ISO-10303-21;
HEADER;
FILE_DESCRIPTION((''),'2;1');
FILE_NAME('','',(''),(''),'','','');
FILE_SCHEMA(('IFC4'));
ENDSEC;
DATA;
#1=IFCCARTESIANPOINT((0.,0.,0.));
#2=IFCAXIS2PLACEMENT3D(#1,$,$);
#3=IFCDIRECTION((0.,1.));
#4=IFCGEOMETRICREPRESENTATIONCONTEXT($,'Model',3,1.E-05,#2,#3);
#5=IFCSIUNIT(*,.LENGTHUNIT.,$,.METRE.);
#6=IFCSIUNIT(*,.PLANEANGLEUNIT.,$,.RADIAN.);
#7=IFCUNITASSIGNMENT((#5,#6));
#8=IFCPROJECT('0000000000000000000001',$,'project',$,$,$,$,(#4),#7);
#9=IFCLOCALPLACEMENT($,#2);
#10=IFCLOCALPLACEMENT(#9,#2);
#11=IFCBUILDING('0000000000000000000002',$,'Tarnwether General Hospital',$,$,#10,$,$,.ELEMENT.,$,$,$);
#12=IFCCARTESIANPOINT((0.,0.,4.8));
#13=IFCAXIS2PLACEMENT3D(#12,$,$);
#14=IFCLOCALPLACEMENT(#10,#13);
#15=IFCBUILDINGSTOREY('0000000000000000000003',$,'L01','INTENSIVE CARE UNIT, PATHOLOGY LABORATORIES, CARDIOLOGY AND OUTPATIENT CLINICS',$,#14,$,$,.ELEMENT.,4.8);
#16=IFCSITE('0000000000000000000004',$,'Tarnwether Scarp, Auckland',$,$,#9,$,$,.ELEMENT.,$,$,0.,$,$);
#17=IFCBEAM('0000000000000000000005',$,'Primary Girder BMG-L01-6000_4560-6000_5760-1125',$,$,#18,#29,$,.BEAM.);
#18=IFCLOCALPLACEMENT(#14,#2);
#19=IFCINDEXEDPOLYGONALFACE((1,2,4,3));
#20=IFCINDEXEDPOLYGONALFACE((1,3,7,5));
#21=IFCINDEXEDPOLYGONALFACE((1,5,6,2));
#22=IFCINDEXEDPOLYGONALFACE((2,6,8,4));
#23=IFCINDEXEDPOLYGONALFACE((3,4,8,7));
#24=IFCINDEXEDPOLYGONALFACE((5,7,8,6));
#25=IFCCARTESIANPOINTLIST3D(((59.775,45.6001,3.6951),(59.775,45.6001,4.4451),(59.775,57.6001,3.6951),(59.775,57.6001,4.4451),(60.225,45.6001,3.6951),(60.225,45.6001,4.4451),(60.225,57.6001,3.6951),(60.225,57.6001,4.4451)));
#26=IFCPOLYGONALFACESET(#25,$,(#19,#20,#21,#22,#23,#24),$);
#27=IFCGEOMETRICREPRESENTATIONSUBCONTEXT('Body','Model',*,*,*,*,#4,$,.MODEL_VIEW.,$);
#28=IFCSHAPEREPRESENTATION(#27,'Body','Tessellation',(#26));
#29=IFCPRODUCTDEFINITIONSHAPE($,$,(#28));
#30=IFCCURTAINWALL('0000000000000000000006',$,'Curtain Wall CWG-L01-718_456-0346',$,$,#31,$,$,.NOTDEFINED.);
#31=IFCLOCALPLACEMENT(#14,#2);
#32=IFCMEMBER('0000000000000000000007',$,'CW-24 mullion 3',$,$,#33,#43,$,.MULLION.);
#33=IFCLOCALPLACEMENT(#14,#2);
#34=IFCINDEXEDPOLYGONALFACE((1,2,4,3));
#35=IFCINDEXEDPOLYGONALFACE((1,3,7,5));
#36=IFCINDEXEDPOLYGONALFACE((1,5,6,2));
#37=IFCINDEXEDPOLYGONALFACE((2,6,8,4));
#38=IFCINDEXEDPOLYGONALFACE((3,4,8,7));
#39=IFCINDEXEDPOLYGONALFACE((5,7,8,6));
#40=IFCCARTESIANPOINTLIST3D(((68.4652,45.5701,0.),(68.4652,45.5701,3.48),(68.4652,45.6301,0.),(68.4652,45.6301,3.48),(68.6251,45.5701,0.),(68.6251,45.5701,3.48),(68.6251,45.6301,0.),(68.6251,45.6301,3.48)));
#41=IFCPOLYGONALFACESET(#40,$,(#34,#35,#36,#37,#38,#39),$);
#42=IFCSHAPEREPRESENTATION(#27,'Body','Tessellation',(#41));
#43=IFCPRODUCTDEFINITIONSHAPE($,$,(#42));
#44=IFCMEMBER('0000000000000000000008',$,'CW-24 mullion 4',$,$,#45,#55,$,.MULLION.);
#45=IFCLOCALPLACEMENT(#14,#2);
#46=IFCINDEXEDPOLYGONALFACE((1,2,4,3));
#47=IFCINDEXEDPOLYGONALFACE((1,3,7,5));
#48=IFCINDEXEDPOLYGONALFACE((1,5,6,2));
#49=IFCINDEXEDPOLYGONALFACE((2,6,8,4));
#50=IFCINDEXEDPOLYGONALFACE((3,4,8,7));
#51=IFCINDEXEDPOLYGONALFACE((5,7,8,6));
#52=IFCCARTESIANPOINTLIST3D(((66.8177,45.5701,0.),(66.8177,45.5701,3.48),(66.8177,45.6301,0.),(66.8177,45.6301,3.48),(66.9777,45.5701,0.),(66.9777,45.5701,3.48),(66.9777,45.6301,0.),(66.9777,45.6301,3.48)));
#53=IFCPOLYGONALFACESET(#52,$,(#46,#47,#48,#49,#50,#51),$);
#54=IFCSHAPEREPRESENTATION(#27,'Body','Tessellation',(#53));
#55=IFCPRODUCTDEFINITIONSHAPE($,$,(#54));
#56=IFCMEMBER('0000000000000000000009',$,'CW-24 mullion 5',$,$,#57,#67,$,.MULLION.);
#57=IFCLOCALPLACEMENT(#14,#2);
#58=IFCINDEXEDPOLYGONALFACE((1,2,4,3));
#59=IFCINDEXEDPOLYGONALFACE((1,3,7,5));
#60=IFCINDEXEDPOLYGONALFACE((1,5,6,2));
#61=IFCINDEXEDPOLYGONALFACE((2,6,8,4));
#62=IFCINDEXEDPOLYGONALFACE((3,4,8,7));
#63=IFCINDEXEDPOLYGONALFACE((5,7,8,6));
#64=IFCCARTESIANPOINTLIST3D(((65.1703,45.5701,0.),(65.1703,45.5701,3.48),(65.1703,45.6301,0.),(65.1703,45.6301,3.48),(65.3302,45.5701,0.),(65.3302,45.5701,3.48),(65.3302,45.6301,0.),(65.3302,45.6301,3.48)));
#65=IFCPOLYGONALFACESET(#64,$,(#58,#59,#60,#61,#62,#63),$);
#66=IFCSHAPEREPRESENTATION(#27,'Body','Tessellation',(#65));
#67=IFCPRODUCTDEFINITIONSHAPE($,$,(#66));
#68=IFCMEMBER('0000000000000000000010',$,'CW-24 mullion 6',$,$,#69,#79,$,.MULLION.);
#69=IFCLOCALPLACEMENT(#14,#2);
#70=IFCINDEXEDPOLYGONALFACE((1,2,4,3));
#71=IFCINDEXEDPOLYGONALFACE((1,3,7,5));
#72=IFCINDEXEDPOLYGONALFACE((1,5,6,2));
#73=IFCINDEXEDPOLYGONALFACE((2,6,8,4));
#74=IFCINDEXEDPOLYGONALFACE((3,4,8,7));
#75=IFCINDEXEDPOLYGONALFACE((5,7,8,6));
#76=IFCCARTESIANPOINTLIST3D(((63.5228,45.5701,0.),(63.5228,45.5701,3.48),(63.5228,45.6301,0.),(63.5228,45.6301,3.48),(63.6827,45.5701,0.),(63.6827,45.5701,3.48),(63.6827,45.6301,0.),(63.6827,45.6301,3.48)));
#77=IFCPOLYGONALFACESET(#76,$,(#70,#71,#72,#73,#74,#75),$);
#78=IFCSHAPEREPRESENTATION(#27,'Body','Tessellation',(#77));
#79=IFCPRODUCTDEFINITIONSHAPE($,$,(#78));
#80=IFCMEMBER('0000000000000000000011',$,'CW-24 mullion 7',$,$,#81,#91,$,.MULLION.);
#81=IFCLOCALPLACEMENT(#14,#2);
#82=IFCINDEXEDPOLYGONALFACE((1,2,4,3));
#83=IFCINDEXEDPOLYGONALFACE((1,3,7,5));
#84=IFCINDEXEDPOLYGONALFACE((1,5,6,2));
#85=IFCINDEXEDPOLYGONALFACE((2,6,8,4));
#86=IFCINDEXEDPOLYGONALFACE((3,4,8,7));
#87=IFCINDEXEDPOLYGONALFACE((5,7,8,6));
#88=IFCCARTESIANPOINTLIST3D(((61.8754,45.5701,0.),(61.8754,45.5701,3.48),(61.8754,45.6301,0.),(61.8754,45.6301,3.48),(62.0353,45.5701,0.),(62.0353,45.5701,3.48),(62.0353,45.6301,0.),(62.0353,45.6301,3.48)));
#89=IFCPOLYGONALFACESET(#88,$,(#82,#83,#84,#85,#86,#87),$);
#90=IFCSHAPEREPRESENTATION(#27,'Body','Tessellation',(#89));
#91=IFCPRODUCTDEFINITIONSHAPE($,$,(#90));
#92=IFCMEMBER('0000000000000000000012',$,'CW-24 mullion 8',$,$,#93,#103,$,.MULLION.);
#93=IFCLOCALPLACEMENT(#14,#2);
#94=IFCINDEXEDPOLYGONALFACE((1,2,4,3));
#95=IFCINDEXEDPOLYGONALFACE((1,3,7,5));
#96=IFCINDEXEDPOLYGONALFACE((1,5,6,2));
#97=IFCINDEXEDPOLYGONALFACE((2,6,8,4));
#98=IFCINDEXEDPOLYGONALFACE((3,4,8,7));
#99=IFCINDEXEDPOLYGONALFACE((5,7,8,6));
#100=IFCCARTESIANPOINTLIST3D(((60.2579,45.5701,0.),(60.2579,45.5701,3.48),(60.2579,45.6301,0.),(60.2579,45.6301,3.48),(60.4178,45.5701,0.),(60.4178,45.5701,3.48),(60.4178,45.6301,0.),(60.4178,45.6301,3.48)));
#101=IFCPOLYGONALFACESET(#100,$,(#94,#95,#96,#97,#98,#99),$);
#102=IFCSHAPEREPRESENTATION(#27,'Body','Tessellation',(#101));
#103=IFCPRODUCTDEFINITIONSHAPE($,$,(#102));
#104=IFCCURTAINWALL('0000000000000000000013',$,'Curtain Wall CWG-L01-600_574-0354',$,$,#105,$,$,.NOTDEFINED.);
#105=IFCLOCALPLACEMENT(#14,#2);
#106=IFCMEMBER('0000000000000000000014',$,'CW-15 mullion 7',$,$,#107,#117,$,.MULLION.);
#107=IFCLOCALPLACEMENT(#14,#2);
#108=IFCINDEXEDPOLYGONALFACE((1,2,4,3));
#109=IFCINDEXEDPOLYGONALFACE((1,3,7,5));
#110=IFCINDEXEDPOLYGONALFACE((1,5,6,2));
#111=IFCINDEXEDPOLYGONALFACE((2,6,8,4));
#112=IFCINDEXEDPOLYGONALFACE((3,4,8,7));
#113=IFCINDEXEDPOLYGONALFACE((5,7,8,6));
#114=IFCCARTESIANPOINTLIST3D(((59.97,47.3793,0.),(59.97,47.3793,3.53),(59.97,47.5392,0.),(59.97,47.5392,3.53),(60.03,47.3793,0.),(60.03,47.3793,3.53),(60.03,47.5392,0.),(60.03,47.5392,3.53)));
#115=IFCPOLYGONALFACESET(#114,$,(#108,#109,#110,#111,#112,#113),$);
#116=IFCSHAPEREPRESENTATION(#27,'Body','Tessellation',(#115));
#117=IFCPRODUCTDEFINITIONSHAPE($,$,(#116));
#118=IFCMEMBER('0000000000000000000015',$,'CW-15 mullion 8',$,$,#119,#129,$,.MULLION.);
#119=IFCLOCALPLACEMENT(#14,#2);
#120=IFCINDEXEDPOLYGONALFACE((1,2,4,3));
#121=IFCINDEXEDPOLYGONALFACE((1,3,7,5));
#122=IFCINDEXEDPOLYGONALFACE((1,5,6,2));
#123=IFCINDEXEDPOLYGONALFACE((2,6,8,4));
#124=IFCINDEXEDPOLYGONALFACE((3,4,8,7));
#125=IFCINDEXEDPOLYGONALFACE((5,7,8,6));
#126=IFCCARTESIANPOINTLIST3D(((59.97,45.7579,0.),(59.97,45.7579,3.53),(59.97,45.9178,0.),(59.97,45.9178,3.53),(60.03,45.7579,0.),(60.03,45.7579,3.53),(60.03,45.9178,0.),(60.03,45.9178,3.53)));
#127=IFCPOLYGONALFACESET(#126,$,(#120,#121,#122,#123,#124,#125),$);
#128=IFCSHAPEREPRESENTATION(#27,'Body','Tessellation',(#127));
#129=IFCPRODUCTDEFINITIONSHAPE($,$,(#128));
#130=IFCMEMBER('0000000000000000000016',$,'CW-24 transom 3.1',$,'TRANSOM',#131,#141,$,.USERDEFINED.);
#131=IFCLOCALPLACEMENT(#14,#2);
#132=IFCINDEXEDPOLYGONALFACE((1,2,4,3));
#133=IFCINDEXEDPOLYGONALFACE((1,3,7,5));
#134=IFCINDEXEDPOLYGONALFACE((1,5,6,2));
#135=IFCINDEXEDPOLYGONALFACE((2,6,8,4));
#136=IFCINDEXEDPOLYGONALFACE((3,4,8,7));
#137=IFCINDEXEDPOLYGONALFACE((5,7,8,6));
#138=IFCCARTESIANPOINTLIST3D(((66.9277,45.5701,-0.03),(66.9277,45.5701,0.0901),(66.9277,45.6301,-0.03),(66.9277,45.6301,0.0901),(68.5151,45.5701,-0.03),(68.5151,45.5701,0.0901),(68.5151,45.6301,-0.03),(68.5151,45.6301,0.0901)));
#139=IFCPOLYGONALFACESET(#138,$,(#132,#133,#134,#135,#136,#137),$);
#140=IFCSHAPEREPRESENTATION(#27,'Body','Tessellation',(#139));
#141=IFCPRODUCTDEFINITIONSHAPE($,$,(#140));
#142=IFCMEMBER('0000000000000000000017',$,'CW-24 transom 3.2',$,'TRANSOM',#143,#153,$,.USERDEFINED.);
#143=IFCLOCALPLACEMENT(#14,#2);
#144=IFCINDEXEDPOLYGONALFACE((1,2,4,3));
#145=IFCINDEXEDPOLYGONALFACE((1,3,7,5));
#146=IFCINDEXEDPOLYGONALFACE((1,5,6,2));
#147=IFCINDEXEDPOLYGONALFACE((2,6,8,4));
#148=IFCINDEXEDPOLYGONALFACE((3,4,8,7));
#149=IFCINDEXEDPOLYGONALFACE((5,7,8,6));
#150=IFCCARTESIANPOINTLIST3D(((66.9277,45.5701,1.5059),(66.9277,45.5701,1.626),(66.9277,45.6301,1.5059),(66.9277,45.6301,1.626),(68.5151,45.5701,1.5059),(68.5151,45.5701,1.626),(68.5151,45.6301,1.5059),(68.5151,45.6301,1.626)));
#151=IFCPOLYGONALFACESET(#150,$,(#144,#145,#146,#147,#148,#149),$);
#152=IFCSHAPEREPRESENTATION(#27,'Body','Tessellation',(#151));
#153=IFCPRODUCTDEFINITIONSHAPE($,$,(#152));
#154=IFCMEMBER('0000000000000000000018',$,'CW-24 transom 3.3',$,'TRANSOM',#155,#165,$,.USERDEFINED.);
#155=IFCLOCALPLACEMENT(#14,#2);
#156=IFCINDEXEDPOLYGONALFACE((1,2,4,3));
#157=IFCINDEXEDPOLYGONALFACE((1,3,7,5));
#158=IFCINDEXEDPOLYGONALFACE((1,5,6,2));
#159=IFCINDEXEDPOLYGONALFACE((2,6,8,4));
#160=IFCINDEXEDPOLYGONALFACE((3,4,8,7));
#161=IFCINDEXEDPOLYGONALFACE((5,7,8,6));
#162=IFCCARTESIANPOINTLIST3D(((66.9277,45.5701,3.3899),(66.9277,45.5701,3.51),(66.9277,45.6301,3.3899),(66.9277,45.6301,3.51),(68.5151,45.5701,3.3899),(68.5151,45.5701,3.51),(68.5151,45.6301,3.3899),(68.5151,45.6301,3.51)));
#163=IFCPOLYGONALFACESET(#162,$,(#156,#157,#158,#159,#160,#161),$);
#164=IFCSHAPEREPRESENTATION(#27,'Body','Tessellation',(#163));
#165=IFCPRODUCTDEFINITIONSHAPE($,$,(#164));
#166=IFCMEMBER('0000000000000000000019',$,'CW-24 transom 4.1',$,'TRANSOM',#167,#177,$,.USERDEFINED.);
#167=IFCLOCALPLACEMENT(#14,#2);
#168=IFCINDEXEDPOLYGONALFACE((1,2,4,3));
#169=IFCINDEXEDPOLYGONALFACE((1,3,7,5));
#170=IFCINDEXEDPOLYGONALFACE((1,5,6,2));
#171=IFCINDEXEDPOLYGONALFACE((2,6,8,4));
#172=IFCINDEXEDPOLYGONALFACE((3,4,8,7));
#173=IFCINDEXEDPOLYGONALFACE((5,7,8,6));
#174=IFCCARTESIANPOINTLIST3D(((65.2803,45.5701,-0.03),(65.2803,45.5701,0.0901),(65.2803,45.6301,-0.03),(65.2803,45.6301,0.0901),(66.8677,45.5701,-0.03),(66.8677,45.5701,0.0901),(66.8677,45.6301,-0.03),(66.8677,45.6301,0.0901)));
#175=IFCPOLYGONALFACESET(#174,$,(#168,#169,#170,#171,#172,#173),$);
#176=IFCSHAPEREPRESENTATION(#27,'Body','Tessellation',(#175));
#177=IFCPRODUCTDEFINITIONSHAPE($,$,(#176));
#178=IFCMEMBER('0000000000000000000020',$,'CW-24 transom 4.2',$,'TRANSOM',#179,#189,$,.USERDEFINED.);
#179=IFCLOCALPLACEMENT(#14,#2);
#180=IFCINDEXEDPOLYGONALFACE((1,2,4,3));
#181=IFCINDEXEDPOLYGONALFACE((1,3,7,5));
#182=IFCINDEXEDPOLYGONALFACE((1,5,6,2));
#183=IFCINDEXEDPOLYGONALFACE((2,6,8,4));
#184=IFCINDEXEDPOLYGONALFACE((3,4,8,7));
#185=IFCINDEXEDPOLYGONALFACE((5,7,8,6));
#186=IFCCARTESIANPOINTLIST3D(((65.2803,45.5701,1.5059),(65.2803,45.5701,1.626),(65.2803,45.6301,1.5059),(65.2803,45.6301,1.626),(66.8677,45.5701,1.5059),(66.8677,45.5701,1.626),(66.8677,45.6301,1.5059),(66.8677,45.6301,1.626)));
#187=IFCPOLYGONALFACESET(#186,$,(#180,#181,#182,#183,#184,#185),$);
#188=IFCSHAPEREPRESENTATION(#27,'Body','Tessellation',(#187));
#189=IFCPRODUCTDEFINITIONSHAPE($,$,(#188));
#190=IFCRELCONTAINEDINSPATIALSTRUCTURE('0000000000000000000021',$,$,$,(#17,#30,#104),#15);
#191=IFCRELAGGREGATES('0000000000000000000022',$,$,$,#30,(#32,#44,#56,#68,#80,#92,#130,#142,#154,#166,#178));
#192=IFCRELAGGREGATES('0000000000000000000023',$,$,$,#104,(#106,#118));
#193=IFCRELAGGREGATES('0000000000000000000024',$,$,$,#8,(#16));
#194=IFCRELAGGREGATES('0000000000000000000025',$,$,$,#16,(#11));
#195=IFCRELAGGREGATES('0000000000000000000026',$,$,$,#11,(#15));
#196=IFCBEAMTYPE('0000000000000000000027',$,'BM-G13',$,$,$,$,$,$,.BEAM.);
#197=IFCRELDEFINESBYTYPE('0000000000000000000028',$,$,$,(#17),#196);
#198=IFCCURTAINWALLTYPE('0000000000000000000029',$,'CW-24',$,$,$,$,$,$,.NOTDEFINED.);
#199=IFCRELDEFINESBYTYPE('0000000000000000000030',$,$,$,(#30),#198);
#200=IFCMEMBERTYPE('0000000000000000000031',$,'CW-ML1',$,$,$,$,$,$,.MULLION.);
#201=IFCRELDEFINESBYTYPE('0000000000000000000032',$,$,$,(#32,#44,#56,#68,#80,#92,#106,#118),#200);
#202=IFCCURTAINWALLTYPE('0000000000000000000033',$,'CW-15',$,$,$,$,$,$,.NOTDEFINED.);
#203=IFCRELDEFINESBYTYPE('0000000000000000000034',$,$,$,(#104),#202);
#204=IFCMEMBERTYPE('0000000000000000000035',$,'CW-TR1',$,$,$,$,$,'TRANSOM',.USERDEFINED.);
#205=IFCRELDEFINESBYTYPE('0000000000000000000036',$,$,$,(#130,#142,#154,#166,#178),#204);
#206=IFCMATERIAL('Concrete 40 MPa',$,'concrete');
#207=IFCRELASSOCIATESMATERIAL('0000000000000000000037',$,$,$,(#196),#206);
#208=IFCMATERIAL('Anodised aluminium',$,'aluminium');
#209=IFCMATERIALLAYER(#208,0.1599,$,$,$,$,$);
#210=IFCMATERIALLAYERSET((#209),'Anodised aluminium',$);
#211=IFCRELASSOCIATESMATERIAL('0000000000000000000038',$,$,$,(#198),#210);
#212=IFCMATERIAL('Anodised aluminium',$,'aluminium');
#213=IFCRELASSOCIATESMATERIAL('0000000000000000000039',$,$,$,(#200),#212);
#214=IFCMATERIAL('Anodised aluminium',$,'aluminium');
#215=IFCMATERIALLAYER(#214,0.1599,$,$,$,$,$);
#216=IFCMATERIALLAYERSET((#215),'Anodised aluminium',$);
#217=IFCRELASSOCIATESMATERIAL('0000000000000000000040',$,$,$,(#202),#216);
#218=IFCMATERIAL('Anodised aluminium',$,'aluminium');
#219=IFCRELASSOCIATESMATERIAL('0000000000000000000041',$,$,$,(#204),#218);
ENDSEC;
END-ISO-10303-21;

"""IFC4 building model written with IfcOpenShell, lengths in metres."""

from ifc_helpers import new_model, si_unit, direction, frame, origin, origin_2d, place, context, subcontext, project, spatial, rectangle, extrude, material, layer, layer_set, material_profile, profile_set, type_object, element, aggregate, save


model = new_model("IFC4")

# Units and contexts
model_context = context("Model", 3, precision=1e-05, world=origin(), true_north=direction((0.0, 1.0)))
body_context = subcontext(model_context, "Body", "Model", "MODEL_VIEW")
ifc_project = project(units=[si_unit("LENGTHUNIT", "METRE"), si_unit("PLANEANGLEUNIT", "RADIAN")], contexts=[model_context])

# Site, building, storey
site_placement = place(None, origin())
site = spatial("IfcSite", under=ifc_project, at=site_placement, Name="Tarnwether Scarp, Auckland", CompositionType="ELEMENT", RefElevation=0.0)
building_placement = place(site_placement, origin())
building = spatial("IfcBuilding", under=site, at=building_placement, Name="Tarnwether General Hospital", CompositionType="ELEMENT")
storey_placement = place(building_placement, frame((0.0, 0.0, 4.8)))
storey = spatial("IfcBuildingStorey", under=building, at=storey_placement, Name="L01", Description="INTENSIVE CARE UNIT, PATHOLOGY LABORATORIES, CARDIOLOGY AND OUTPATIENT CLINICS", CompositionType="ELEMENT", Elevation=4.8)

# Beam
ifc_material_1 = material(Name="Concrete 40 MPa", Category="concrete")
ifc_material_profile_1 = material_profile(ifc_material_1, rectangle(XDim=0.45, YDim=0.75, at=origin_2d()), Name="RC-BM-450x750")
ifc_profile_set_1 = profile_set([ifc_material_profile_1], Name="Concrete 40 MPa")
beam_type = type_object("IfcBeamType", Name="BM-G13", PredefinedType="BEAM", material=ifc_profile_set_1)
beam_placement = place(storey_placement, frame((60.0, 45.6001, 4.0701), z_axis=(0.0, 1.0, 0.0), x_axis=(-1.0, 0.0, 0.0)))
element("IfcBeam", 1, at=beam_placement, inside=storey, type_object=beam_type, Name="Primary Girder BMG-L01-6000_4560-6000_5760-1125", PredefinedType="BEAM", context=body_context, shape_type="SweptSolid", body=[
    extrude(rectangle(XDim=0.45, YDim=0.75, at=origin_2d()), origin(), (0.0, 0.0, 1.0), 12.0),
])

# Curtain walls, members
ifc_material_2 = material(Name="Anodised aluminium", Category="aluminium")
ifc_layer_1 = layer(ifc_material_2, 0.1599)
ifc_layer_set_1 = layer_set([ifc_layer_1], Name="Anodised aluminium")
curtain_wall_type_1 = type_object("IfcCurtainWallType", Name="CW-24", PredefinedType="NOTDEFINED", material=ifc_layer_set_1)
curtain_wall_1_placement = place(storey_placement, origin())
curtain_wall_1 = element("IfcCurtainWall", 2, at=curtain_wall_1_placement, inside=storey, type_object=curtain_wall_type_1, Name="Curtain Wall CWG-L01-718_456-0346", PredefinedType="NOTDEFINED")
ifc_material_3 = material(Name="Anodised aluminium", Category="aluminium")
ifc_material_profile_2 = material_profile(ifc_material_3, rectangle(XDim=0.0601, YDim=0.1599, at=origin_2d()), Name="ALU-MUL-60x160")
ifc_profile_set_2 = profile_set([ifc_material_profile_2], Name="Anodised aluminium")
member_type_1 = type_object("IfcMemberType", Name="CW-ML1", PredefinedType="MULLION", material=ifc_profile_set_2)
member_1_placement = place(storey_placement, frame((68.5452, 45.6001, 0.0), z_axis=(0.0, 0.0, 1.0), x_axis=(0.0, -1.0, 0.0)))
member_1 = element("IfcMember", 3, at=member_1_placement, type_object=member_type_1, Name="CW-24 mullion 3", PredefinedType="MULLION", context=body_context, shape_type="SweptSolid", body=[
    extrude(rectangle(XDim=0.0601, YDim=0.1599, at=origin_2d()), origin(), (0.0, 0.0, 1.0), 3.48),
])
member_2_placement = place(storey_placement, frame((66.8977, 45.6001, 0.0), z_axis=(0.0, 0.0, 1.0), x_axis=(0.0, -1.0, 0.0)))
member_2 = element("IfcMember", 4, at=member_2_placement, type_object=member_type_1, Name="CW-24 mullion 4", PredefinedType="MULLION", context=body_context, shape_type="SweptSolid", body=[
    extrude(rectangle(XDim=0.0601, YDim=0.1599, at=origin_2d()), origin(), (0.0, 0.0, 1.0), 3.48),
])
member_3_placement = place(storey_placement, frame((65.2502, 45.6001, 0.0), z_axis=(0.0, 0.0, 1.0), x_axis=(0.0, -1.0, 0.0)))
member_3 = element("IfcMember", 5, at=member_3_placement, type_object=member_type_1, Name="CW-24 mullion 5", PredefinedType="MULLION", context=body_context, shape_type="SweptSolid", body=[
    extrude(rectangle(XDim=0.0601, YDim=0.1599, at=origin_2d()), origin(), (0.0, 0.0, 1.0), 3.48),
])
member_4_placement = place(storey_placement, frame((63.6028, 45.6001, 0.0), z_axis=(0.0, 0.0, 1.0), x_axis=(0.0, -1.0, 0.0)))
member_4 = element("IfcMember", 6, at=member_4_placement, type_object=member_type_1, Name="CW-24 mullion 6", PredefinedType="MULLION", context=body_context, shape_type="SweptSolid", body=[
    extrude(rectangle(XDim=0.0601, YDim=0.1599, at=origin_2d()), origin(), (0.0, 0.0, 1.0), 3.48),
])
member_5_placement = place(storey_placement, frame((61.9553, 45.6001, 0.0), z_axis=(0.0, 0.0, 1.0), x_axis=(0.0, -1.0, 0.0)))
member_5 = element("IfcMember", 7, at=member_5_placement, type_object=member_type_1, Name="CW-24 mullion 7", PredefinedType="MULLION", context=body_context, shape_type="SweptSolid", body=[
    extrude(rectangle(XDim=0.0601, YDim=0.1599, at=origin_2d()), origin(), (0.0, 0.0, 1.0), 3.48),
])
member_6_placement = place(storey_placement, frame((60.3379, 45.6001, 0.0), z_axis=(0.0, 0.0, 1.0), x_axis=(0.0, -1.0, 0.0)))
member_6 = element("IfcMember", 8, at=member_6_placement, type_object=member_type_1, Name="CW-24 mullion 8", PredefinedType="MULLION", context=body_context, shape_type="SweptSolid", body=[
    extrude(rectangle(XDim=0.0601, YDim=0.1599, at=origin_2d()), origin(), (0.0, 0.0, 1.0), 3.48),
])
ifc_material_4 = material(Name="Anodised aluminium", Category="aluminium")
ifc_layer_2 = layer(ifc_material_4, 0.1599)
ifc_layer_set_2 = layer_set([ifc_layer_2], Name="Anodised aluminium")
curtain_wall_type_2 = type_object("IfcCurtainWallType", Name="CW-15", PredefinedType="NOTDEFINED", material=ifc_layer_set_2)
curtain_wall_2_placement = place(storey_placement, origin())
curtain_wall_2 = element("IfcCurtainWall", 9, at=curtain_wall_2_placement, inside=storey, type_object=curtain_wall_type_2, Name="Curtain Wall CWG-L01-600_574-0354", PredefinedType="NOTDEFINED")
member_7_placement = place(storey_placement, frame((60.0, 47.4592, 0.0), z_axis=(0.0, 0.0, 1.0), x_axis=(1.0, 0.0, 0.0)))
member_7 = element("IfcMember", 10, at=member_7_placement, type_object=member_type_1, Name="CW-15 mullion 7", PredefinedType="MULLION", context=body_context, shape_type="SweptSolid", body=[
    extrude(rectangle(XDim=0.0601, YDim=0.1599, at=origin_2d()), origin(), (0.0, 0.0, 1.0), 3.53),
])
member_8_placement = place(storey_placement, frame((60.0, 45.8379, 0.0), z_axis=(0.0, 0.0, 1.0), x_axis=(1.0, 0.0, 0.0)))
member_8 = element("IfcMember", 11, at=member_8_placement, type_object=member_type_1, Name="CW-15 mullion 8", PredefinedType="MULLION", context=body_context, shape_type="SweptSolid", body=[
    extrude(rectangle(XDim=0.0601, YDim=0.1599, at=origin_2d()), origin(), (0.0, 0.0, 1.0), 3.53),
])

# Members
ifc_material_5 = material(Name="Anodised aluminium", Category="aluminium")
ifc_material_profile_3 = material_profile(ifc_material_5, rectangle(XDim=0.0601, YDim=0.1201, at=origin_2d()), Name="ALU-TRN-60x120")
ifc_profile_set_3 = profile_set([ifc_material_profile_3], Name="Anodised aluminium")
member_type_2 = type_object("IfcMemberType", Name="CW-TR1", ElementType="TRANSOM", PredefinedType="USERDEFINED", material=ifc_profile_set_3)
member_9_placement = place(storey_placement, frame((68.5151, 45.6001, 0.03), z_axis=(-1.0, 0.0, 0.0), x_axis=(0.0, -1.0, 0.0)))
member_9 = element("IfcMember", 12, at=member_9_placement, type_object=member_type_2, Name="CW-24 transom 3.1", ObjectType="TRANSOM", PredefinedType="USERDEFINED", context=body_context, shape_type="SweptSolid", body=[
    extrude(rectangle(XDim=0.0601, YDim=0.1201, at=origin_2d()), origin(), (0.0, 0.0, 1.0), 1.5874),
])
member_10_placement = place(storey_placement, frame((68.5151, 45.6001, 1.5659), z_axis=(-1.0, 0.0, 0.0), x_axis=(0.0, -1.0, 0.0)))
member_10 = element("IfcMember", 13, at=member_10_placement, type_object=member_type_2, Name="CW-24 transom 3.2", ObjectType="TRANSOM", PredefinedType="USERDEFINED", context=body_context, shape_type="SweptSolid", body=[
    extrude(rectangle(XDim=0.0601, YDim=0.1201, at=origin_2d()), origin(), (0.0, 0.0, 1.0), 1.5874),
])
member_11_placement = place(storey_placement, frame((68.5151, 45.6001, 3.45), z_axis=(-1.0, 0.0, 0.0), x_axis=(0.0, -1.0, 0.0)))
member_11 = element("IfcMember", 14, at=member_11_placement, type_object=member_type_2, Name="CW-24 transom 3.3", ObjectType="TRANSOM", PredefinedType="USERDEFINED", context=body_context, shape_type="SweptSolid", body=[
    extrude(rectangle(XDim=0.0601, YDim=0.1201, at=origin_2d()), origin(), (0.0, 0.0, 1.0), 1.5874),
])
member_12_placement = place(storey_placement, frame((66.8677, 45.6001, 0.03), z_axis=(-1.0, 0.0, 0.0), x_axis=(0.0, -1.0, 0.0)))
member_12 = element("IfcMember", 15, at=member_12_placement, type_object=member_type_2, Name="CW-24 transom 4.1", ObjectType="TRANSOM", PredefinedType="USERDEFINED", context=body_context, shape_type="SweptSolid", body=[
    extrude(rectangle(XDim=0.0601, YDim=0.1201, at=origin_2d()), origin(), (0.0, 0.0, 1.0), 1.5874),
])
member_13_placement = place(storey_placement, frame((66.8677, 45.6001, 1.5659), z_axis=(-1.0, 0.0, 0.0), x_axis=(0.0, -1.0, 0.0)))
member_13 = element("IfcMember", 16, at=member_13_placement, type_object=member_type_2, Name="CW-24 transom 4.2", ObjectType="TRANSOM", PredefinedType="USERDEFINED", context=body_context, shape_type="SweptSolid", body=[
    extrude(rectangle(XDim=0.0601, YDim=0.1201, at=origin_2d()), origin(), (0.0, 0.0, 1.0), 1.5874),
])

aggregate(curtain_wall_1, [member_1, member_2, member_3, member_4, member_5, member_6, member_9, member_10, member_11, member_12, member_13])
aggregate(curtain_wall_2, [member_7, member_8])

save(model, "model.ifc")
